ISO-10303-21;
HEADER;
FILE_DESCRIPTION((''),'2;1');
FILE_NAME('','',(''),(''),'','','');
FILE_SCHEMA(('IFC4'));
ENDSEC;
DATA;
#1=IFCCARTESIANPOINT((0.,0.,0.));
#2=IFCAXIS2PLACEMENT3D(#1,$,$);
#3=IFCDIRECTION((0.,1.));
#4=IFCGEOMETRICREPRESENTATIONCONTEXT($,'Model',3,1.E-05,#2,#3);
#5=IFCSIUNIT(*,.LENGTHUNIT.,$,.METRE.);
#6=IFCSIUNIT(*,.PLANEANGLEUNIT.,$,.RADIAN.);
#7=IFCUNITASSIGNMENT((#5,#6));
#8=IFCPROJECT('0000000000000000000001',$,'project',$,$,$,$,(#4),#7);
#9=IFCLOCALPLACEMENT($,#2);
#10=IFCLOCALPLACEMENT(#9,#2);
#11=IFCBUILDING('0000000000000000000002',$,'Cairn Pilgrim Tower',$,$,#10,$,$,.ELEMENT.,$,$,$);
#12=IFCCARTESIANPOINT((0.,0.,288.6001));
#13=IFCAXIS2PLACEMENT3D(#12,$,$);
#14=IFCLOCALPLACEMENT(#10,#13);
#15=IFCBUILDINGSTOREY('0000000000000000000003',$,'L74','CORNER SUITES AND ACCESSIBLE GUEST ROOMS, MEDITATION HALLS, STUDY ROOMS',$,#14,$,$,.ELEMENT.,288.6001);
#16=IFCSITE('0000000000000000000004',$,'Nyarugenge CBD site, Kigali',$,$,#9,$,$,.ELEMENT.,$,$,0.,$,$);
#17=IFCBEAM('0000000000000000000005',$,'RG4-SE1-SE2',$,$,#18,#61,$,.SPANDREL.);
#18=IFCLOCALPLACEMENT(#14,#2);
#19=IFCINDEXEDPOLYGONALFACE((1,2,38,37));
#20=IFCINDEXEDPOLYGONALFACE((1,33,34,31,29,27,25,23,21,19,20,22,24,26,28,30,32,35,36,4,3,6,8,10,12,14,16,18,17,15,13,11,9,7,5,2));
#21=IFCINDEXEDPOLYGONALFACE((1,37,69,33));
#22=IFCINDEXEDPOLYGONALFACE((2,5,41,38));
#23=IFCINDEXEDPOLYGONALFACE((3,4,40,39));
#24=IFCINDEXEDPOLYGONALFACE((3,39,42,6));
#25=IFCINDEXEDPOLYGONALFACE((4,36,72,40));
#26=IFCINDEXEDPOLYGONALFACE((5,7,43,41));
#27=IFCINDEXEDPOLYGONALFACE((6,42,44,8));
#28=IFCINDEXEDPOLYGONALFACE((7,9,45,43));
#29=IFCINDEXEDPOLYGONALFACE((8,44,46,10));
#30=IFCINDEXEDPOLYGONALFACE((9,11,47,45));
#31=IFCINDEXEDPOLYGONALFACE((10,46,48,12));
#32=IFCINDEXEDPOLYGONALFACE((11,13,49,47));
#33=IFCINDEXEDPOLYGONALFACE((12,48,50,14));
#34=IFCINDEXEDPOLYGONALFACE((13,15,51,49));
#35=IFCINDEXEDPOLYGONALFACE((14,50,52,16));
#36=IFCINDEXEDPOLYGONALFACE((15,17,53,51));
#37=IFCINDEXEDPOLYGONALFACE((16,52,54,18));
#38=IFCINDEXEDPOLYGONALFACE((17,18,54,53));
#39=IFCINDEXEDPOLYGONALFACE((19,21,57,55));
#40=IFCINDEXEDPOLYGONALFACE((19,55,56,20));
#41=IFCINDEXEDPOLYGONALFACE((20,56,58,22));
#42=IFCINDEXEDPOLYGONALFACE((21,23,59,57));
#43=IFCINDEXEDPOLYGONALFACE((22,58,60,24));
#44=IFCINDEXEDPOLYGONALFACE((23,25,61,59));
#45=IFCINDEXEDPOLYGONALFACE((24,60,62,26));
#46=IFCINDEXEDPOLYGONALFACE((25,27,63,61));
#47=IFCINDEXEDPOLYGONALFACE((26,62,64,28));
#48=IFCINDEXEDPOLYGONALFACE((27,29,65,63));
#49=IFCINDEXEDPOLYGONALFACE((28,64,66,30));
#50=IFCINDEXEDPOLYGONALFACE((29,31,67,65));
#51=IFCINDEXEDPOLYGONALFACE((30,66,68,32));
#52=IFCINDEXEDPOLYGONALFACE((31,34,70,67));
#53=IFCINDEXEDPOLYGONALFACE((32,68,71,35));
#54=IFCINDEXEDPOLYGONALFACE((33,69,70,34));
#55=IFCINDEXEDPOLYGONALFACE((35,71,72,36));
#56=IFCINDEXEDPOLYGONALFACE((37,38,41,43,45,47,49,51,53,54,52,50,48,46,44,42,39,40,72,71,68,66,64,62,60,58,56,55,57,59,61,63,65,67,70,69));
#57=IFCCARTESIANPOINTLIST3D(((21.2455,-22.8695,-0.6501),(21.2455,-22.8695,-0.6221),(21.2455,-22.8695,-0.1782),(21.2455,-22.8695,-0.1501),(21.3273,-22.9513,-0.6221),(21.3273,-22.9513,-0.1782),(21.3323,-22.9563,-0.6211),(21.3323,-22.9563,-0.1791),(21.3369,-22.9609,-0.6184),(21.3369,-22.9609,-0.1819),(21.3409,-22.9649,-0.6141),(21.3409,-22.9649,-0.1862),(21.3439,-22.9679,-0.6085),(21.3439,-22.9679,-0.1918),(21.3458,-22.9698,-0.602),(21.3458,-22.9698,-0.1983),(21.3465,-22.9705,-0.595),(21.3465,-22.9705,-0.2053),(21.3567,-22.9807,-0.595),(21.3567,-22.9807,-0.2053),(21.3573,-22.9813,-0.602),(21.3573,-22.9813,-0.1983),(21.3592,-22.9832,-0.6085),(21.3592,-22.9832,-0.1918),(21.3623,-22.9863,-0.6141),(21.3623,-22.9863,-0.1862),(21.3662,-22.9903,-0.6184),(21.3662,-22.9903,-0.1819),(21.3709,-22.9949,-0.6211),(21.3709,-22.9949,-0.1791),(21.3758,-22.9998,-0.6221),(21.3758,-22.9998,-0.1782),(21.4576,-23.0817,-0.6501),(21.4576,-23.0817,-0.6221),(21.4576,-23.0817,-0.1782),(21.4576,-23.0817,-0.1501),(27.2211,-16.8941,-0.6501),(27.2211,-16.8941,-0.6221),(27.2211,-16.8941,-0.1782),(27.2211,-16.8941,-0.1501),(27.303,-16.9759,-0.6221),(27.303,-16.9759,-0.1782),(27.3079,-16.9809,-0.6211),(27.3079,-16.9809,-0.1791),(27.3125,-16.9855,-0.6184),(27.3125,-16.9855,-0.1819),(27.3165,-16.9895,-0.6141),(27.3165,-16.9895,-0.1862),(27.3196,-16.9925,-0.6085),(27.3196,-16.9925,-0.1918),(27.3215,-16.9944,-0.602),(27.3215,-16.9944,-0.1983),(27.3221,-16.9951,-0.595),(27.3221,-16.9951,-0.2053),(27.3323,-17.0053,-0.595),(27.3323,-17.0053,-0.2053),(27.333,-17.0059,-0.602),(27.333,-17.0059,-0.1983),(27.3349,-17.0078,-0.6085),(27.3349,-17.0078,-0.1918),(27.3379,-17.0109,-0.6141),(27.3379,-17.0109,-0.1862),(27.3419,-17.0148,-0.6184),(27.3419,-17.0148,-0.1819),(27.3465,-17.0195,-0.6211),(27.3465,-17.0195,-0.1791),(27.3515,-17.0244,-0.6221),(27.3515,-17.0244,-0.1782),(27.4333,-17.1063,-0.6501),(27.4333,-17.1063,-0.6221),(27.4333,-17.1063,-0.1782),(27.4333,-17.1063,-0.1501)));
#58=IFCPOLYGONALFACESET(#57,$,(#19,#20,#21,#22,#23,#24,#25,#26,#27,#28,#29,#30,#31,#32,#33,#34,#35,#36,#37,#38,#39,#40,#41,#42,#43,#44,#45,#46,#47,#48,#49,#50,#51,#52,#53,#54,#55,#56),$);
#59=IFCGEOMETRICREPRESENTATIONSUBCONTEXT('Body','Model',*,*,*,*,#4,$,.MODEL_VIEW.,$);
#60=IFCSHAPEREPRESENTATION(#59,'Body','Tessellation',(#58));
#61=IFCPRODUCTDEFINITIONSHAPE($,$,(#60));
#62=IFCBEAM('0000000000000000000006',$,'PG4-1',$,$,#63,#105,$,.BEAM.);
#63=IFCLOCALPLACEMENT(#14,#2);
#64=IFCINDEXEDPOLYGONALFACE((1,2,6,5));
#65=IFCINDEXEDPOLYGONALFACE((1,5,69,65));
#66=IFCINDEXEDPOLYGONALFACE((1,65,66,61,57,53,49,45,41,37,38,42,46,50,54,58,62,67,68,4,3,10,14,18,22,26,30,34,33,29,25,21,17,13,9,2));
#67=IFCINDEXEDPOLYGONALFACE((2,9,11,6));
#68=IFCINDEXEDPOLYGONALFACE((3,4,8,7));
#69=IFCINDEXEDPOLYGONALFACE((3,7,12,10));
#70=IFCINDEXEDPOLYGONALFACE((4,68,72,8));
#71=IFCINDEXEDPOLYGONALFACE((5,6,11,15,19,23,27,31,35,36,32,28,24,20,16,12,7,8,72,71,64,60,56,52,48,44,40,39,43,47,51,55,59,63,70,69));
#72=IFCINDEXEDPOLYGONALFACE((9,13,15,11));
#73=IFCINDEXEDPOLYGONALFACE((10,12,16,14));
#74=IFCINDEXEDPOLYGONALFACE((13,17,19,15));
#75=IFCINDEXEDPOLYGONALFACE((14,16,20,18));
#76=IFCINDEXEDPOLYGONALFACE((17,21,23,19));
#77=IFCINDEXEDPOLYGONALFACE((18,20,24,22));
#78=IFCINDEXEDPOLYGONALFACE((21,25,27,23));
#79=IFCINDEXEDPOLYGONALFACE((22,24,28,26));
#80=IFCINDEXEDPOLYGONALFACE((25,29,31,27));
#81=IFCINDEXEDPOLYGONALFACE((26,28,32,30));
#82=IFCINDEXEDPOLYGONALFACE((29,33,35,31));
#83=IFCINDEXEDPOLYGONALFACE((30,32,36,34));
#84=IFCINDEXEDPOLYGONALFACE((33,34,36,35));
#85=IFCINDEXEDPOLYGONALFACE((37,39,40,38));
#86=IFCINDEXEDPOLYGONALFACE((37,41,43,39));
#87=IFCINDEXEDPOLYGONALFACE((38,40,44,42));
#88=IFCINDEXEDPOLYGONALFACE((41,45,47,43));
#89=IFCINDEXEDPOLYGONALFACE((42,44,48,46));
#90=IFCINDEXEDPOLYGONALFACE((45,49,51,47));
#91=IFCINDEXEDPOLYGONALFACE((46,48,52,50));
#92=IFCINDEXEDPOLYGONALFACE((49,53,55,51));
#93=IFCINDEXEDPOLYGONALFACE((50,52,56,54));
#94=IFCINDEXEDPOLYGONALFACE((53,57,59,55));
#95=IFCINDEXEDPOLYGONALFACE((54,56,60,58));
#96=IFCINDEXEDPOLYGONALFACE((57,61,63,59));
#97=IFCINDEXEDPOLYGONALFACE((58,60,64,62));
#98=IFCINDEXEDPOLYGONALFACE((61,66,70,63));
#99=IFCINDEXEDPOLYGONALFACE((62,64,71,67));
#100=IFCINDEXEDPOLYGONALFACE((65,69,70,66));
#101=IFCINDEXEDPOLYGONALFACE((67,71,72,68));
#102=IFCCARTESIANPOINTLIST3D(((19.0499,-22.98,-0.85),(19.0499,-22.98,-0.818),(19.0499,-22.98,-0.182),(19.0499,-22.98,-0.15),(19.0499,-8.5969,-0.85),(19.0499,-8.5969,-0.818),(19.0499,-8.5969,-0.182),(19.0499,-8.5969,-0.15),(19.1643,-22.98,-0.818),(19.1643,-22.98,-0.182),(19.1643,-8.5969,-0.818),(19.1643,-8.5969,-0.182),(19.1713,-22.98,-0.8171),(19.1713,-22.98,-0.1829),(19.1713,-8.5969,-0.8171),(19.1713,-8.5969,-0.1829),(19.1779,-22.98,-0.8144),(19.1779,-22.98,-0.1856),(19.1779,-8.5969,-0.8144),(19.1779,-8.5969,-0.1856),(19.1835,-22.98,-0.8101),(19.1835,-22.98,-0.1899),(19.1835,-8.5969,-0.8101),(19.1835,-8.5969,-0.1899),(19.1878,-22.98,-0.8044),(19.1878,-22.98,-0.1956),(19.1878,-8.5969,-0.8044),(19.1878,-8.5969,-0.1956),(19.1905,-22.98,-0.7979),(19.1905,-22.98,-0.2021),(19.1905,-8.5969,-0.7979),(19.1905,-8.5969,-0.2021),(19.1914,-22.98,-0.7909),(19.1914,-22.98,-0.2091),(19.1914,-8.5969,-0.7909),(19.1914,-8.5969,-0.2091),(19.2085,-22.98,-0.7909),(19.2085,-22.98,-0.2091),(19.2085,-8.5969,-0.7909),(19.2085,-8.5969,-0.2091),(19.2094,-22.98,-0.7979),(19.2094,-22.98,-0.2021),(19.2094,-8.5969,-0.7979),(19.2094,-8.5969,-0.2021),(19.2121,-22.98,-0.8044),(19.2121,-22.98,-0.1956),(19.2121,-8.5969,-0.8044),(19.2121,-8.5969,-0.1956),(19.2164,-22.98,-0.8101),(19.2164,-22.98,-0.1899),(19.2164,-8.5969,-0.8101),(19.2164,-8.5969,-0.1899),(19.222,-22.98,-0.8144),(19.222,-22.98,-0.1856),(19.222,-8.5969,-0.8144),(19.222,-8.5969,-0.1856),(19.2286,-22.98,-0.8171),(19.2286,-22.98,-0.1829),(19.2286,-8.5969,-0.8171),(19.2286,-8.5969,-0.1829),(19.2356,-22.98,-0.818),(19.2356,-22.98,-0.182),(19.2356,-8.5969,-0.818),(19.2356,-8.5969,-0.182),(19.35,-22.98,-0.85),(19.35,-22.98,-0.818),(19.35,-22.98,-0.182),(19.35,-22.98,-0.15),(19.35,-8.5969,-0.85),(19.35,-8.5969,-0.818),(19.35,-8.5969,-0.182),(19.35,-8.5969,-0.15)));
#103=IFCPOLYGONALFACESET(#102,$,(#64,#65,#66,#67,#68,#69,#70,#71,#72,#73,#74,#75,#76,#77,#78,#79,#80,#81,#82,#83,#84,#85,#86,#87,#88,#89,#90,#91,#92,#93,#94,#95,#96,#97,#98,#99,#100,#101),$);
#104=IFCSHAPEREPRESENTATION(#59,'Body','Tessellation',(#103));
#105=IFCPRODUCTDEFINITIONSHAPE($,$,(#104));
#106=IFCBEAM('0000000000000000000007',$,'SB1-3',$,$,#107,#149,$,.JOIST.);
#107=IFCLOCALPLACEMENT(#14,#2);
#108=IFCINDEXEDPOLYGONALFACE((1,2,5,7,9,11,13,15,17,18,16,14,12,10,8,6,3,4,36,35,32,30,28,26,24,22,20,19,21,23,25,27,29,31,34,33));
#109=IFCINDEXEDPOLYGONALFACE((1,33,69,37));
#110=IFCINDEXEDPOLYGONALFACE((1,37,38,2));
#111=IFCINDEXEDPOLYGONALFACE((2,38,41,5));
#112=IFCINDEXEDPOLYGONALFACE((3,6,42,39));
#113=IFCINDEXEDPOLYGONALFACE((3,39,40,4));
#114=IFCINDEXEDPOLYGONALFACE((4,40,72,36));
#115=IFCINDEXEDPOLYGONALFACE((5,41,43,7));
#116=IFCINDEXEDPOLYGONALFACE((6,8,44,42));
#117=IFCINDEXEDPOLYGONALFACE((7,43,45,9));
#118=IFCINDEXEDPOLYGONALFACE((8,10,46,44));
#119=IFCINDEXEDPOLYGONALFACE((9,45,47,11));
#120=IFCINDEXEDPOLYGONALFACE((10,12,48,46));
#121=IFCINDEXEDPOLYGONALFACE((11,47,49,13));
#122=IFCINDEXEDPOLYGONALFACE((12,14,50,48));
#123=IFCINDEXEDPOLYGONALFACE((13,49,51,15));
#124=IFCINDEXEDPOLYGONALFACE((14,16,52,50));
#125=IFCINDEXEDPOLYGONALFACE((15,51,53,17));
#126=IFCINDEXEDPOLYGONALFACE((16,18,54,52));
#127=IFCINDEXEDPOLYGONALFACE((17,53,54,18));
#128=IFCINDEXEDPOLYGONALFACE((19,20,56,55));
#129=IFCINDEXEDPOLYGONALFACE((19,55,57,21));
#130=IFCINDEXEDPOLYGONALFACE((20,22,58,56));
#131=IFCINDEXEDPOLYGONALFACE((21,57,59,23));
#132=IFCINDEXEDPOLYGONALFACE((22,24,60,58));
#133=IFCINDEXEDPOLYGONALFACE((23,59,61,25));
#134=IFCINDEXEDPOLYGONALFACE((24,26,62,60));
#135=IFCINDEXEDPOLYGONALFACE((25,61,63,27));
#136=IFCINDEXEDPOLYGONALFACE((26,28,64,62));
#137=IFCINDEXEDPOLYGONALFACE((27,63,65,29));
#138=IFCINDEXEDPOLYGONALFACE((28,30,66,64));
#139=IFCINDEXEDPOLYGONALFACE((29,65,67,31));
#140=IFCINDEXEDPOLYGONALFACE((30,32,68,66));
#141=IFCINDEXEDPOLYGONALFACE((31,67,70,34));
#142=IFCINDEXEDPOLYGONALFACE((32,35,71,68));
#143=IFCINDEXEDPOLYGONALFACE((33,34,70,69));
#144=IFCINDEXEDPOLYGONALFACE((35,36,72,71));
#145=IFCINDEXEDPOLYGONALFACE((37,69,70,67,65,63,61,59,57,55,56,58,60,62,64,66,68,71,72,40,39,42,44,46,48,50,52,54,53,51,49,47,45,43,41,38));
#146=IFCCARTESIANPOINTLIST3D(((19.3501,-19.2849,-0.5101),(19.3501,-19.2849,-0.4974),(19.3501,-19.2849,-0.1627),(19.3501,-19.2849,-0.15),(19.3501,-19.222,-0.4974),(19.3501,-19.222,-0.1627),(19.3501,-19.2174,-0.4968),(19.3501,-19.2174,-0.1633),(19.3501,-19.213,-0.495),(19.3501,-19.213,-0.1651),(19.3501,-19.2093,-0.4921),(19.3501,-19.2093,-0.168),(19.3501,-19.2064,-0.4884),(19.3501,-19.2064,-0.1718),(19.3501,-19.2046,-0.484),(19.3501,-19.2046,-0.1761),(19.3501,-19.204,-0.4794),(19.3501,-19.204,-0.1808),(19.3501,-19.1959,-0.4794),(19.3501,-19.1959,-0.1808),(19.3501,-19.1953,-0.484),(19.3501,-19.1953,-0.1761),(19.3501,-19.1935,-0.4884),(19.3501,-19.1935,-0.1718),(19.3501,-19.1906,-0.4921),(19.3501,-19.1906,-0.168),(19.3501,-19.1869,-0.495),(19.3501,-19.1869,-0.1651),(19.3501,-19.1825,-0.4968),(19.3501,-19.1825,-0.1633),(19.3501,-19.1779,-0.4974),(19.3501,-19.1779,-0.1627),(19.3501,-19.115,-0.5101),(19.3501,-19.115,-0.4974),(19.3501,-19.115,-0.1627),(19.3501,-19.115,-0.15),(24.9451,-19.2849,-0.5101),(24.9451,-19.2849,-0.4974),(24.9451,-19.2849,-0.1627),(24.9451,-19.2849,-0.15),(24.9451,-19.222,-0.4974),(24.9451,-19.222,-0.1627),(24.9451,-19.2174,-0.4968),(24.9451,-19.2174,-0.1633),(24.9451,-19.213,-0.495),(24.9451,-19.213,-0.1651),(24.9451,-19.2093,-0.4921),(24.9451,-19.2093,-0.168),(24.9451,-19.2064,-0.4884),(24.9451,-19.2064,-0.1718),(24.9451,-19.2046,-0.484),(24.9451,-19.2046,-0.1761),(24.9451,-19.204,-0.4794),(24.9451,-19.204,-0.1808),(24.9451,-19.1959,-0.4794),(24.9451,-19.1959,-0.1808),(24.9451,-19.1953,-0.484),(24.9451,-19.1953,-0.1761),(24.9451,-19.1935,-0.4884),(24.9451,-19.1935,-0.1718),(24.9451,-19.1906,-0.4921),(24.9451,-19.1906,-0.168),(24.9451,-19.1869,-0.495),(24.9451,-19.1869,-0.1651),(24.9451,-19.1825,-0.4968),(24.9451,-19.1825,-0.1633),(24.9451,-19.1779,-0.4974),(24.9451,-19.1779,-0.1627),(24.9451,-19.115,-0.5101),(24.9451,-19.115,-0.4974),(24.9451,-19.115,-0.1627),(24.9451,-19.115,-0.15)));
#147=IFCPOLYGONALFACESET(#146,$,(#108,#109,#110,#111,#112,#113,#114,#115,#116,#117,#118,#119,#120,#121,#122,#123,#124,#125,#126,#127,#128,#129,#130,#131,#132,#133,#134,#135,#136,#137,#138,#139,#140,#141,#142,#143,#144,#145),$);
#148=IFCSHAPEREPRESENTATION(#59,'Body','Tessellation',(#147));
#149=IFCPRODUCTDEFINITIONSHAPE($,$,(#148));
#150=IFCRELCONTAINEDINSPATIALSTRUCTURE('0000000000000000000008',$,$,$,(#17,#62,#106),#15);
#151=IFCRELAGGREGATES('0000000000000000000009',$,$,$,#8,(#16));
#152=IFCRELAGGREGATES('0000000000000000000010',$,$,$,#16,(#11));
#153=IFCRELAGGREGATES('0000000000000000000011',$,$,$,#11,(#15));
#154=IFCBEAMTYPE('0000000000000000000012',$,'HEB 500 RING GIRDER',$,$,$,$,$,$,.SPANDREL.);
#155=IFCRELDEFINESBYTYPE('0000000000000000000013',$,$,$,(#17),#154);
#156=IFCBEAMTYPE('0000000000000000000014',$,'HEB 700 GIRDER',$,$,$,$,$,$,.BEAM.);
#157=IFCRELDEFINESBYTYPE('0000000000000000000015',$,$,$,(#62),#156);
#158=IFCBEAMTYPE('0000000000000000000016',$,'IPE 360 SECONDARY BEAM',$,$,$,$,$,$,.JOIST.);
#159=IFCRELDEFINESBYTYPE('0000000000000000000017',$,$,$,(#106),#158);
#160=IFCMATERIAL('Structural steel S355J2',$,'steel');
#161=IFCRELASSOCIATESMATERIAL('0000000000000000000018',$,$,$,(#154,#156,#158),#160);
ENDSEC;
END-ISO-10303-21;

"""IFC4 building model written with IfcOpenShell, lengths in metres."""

from ifc_helpers import new_model, si_unit, direction, frame, origin, origin_2d, place, context, subcontext, project, spatial, i_section, extrude, material, material_profile, profile_set, type_object, element, save


model = new_model("IFC4")

# Units and contexts
model_context = context("Model", 3, precision=1e-05, world=origin(), true_north=direction((0.0, 1.0)))
body_context = subcontext(model_context, "Body", "Model", "MODEL_VIEW")
ifc_project = project(units=[si_unit("LENGTHUNIT", "METRE"), si_unit("PLANEANGLEUNIT", "RADIAN")], contexts=[model_context])

# Site, building, storey
site_placement = place(None, origin())
site = spatial("IfcSite", under=ifc_project, at=site_placement, Name="Nyarugenge CBD site, Kigali", CompositionType="ELEMENT", RefElevation=0.0)
building_placement = place(site_placement, origin())
building = spatial("IfcBuilding", under=site, at=building_placement, Name="Cairn Pilgrim Tower", CompositionType="ELEMENT")
storey_placement = place(building_placement, frame((0.0, 0.0, 288.6001)))
storey = spatial("IfcBuildingStorey", under=building, at=storey_placement, Name="L74", Description="CORNER SUITES AND ACCESSIBLE GUEST ROOMS, MEDITATION HALLS, STUDY ROOMS", CompositionType="ELEMENT", Elevation=288.6001)

# Shared definitions
ifc_material_1 = material(Name="Structural steel S355J2", Category="steel")

# Beams
ifc_material_profile_1 = material_profile(ifc_material_1, i_section(OverallWidth=0.3, OverallDepth=0.5, WebThickness=0.0144, FlangeThickness=0.0281, FilletRadius=0.0271, at=origin_2d()), Name="HEB 500")
ifc_profile_set_1 = profile_set([ifc_material_profile_1], Name="Structural steel S355J2")
beam_type_1 = type_object("IfcBeamType", Name="HEB 500 RING GIRDER", PredefinedType="SPANDREL", material=ifc_profile_set_1)
beam_1_placement = place(storey_placement, frame((21.3516, -22.9756, -0.4001), z_axis=(0.707121, 0.707092, 0.0), x_axis=(-0.707092, 0.707121, 0.0)))
element("IfcBeam", 1, at=beam_1_placement, inside=storey, type_object=beam_type_1, Name="RG4-SE1-SE2", PredefinedType="SPANDREL", context=body_context, shape_type="SweptSolid", body=[
    extrude(i_section(OverallWidth=0.3, OverallDepth=0.5, WebThickness=0.0144, FlangeThickness=0.0281, FilletRadius=0.0271, at=origin_2d()), origin(), (0.0, 0.0, 1.0), 8.4507),
])
ifc_material_profile_2 = material_profile(ifc_material_1, i_section(OverallWidth=0.3, OverallDepth=0.7, WebThickness=0.0171, FlangeThickness=0.032, FilletRadius=0.0271, at=origin_2d()), Name="HEB 700")
ifc_profile_set_2 = profile_set([ifc_material_profile_2], Name="Structural steel S355J2")
beam_type_2 = type_object("IfcBeamType", Name="HEB 700 GIRDER", PredefinedType="BEAM", material=ifc_profile_set_2)
beam_2_placement = place(storey_placement, frame((19.2, -22.98, -0.5), z_axis=(0.0, 1.0, 0.0), x_axis=(-1.0, 0.0, 0.0)))
element("IfcBeam", 2, at=beam_2_placement, inside=storey, type_object=beam_type_2, Name="PG4-1", PredefinedType="BEAM", context=body_context, shape_type="SweptSolid", body=[
    extrude(i_section(OverallWidth=0.3, OverallDepth=0.7, WebThickness=0.0171, FlangeThickness=0.032, FilletRadius=0.0271, at=origin_2d()), origin(), (0.0, 0.0, 1.0), 14.3831),
])
ifc_material_profile_3 = material_profile(ifc_material_1, i_section(OverallWidth=0.1699, OverallDepth=0.3601, WebThickness=0.0081, FlangeThickness=0.0127, FilletRadius=0.0181, at=origin_2d()), Name="IPE 360")
ifc_profile_set_3 = profile_set([ifc_material_profile_3], Name="Structural steel S355J2")
beam_type_3 = type_object("IfcBeamType", Name="IPE 360 SECONDARY BEAM", PredefinedType="JOIST", material=ifc_profile_set_3)
beam_3_placement = place(storey_placement, frame((19.3501, -19.2, -0.3301), z_axis=(1.0, 0.0, 0.0), x_axis=(0.0, 1.0, 0.0)))
element("IfcBeam", 3, at=beam_3_placement, inside=storey, type_object=beam_type_3, Name="SB1-3", PredefinedType="JOIST", context=body_context, shape_type="SweptSolid", body=[
    extrude(i_section(OverallWidth=0.1699, OverallDepth=0.3601, WebThickness=0.0081, FlangeThickness=0.0127, FilletRadius=0.0181, at=origin_2d()), origin(), (0.0, 0.0, 1.0), 5.595),
])

save(model, "model.ifc")
